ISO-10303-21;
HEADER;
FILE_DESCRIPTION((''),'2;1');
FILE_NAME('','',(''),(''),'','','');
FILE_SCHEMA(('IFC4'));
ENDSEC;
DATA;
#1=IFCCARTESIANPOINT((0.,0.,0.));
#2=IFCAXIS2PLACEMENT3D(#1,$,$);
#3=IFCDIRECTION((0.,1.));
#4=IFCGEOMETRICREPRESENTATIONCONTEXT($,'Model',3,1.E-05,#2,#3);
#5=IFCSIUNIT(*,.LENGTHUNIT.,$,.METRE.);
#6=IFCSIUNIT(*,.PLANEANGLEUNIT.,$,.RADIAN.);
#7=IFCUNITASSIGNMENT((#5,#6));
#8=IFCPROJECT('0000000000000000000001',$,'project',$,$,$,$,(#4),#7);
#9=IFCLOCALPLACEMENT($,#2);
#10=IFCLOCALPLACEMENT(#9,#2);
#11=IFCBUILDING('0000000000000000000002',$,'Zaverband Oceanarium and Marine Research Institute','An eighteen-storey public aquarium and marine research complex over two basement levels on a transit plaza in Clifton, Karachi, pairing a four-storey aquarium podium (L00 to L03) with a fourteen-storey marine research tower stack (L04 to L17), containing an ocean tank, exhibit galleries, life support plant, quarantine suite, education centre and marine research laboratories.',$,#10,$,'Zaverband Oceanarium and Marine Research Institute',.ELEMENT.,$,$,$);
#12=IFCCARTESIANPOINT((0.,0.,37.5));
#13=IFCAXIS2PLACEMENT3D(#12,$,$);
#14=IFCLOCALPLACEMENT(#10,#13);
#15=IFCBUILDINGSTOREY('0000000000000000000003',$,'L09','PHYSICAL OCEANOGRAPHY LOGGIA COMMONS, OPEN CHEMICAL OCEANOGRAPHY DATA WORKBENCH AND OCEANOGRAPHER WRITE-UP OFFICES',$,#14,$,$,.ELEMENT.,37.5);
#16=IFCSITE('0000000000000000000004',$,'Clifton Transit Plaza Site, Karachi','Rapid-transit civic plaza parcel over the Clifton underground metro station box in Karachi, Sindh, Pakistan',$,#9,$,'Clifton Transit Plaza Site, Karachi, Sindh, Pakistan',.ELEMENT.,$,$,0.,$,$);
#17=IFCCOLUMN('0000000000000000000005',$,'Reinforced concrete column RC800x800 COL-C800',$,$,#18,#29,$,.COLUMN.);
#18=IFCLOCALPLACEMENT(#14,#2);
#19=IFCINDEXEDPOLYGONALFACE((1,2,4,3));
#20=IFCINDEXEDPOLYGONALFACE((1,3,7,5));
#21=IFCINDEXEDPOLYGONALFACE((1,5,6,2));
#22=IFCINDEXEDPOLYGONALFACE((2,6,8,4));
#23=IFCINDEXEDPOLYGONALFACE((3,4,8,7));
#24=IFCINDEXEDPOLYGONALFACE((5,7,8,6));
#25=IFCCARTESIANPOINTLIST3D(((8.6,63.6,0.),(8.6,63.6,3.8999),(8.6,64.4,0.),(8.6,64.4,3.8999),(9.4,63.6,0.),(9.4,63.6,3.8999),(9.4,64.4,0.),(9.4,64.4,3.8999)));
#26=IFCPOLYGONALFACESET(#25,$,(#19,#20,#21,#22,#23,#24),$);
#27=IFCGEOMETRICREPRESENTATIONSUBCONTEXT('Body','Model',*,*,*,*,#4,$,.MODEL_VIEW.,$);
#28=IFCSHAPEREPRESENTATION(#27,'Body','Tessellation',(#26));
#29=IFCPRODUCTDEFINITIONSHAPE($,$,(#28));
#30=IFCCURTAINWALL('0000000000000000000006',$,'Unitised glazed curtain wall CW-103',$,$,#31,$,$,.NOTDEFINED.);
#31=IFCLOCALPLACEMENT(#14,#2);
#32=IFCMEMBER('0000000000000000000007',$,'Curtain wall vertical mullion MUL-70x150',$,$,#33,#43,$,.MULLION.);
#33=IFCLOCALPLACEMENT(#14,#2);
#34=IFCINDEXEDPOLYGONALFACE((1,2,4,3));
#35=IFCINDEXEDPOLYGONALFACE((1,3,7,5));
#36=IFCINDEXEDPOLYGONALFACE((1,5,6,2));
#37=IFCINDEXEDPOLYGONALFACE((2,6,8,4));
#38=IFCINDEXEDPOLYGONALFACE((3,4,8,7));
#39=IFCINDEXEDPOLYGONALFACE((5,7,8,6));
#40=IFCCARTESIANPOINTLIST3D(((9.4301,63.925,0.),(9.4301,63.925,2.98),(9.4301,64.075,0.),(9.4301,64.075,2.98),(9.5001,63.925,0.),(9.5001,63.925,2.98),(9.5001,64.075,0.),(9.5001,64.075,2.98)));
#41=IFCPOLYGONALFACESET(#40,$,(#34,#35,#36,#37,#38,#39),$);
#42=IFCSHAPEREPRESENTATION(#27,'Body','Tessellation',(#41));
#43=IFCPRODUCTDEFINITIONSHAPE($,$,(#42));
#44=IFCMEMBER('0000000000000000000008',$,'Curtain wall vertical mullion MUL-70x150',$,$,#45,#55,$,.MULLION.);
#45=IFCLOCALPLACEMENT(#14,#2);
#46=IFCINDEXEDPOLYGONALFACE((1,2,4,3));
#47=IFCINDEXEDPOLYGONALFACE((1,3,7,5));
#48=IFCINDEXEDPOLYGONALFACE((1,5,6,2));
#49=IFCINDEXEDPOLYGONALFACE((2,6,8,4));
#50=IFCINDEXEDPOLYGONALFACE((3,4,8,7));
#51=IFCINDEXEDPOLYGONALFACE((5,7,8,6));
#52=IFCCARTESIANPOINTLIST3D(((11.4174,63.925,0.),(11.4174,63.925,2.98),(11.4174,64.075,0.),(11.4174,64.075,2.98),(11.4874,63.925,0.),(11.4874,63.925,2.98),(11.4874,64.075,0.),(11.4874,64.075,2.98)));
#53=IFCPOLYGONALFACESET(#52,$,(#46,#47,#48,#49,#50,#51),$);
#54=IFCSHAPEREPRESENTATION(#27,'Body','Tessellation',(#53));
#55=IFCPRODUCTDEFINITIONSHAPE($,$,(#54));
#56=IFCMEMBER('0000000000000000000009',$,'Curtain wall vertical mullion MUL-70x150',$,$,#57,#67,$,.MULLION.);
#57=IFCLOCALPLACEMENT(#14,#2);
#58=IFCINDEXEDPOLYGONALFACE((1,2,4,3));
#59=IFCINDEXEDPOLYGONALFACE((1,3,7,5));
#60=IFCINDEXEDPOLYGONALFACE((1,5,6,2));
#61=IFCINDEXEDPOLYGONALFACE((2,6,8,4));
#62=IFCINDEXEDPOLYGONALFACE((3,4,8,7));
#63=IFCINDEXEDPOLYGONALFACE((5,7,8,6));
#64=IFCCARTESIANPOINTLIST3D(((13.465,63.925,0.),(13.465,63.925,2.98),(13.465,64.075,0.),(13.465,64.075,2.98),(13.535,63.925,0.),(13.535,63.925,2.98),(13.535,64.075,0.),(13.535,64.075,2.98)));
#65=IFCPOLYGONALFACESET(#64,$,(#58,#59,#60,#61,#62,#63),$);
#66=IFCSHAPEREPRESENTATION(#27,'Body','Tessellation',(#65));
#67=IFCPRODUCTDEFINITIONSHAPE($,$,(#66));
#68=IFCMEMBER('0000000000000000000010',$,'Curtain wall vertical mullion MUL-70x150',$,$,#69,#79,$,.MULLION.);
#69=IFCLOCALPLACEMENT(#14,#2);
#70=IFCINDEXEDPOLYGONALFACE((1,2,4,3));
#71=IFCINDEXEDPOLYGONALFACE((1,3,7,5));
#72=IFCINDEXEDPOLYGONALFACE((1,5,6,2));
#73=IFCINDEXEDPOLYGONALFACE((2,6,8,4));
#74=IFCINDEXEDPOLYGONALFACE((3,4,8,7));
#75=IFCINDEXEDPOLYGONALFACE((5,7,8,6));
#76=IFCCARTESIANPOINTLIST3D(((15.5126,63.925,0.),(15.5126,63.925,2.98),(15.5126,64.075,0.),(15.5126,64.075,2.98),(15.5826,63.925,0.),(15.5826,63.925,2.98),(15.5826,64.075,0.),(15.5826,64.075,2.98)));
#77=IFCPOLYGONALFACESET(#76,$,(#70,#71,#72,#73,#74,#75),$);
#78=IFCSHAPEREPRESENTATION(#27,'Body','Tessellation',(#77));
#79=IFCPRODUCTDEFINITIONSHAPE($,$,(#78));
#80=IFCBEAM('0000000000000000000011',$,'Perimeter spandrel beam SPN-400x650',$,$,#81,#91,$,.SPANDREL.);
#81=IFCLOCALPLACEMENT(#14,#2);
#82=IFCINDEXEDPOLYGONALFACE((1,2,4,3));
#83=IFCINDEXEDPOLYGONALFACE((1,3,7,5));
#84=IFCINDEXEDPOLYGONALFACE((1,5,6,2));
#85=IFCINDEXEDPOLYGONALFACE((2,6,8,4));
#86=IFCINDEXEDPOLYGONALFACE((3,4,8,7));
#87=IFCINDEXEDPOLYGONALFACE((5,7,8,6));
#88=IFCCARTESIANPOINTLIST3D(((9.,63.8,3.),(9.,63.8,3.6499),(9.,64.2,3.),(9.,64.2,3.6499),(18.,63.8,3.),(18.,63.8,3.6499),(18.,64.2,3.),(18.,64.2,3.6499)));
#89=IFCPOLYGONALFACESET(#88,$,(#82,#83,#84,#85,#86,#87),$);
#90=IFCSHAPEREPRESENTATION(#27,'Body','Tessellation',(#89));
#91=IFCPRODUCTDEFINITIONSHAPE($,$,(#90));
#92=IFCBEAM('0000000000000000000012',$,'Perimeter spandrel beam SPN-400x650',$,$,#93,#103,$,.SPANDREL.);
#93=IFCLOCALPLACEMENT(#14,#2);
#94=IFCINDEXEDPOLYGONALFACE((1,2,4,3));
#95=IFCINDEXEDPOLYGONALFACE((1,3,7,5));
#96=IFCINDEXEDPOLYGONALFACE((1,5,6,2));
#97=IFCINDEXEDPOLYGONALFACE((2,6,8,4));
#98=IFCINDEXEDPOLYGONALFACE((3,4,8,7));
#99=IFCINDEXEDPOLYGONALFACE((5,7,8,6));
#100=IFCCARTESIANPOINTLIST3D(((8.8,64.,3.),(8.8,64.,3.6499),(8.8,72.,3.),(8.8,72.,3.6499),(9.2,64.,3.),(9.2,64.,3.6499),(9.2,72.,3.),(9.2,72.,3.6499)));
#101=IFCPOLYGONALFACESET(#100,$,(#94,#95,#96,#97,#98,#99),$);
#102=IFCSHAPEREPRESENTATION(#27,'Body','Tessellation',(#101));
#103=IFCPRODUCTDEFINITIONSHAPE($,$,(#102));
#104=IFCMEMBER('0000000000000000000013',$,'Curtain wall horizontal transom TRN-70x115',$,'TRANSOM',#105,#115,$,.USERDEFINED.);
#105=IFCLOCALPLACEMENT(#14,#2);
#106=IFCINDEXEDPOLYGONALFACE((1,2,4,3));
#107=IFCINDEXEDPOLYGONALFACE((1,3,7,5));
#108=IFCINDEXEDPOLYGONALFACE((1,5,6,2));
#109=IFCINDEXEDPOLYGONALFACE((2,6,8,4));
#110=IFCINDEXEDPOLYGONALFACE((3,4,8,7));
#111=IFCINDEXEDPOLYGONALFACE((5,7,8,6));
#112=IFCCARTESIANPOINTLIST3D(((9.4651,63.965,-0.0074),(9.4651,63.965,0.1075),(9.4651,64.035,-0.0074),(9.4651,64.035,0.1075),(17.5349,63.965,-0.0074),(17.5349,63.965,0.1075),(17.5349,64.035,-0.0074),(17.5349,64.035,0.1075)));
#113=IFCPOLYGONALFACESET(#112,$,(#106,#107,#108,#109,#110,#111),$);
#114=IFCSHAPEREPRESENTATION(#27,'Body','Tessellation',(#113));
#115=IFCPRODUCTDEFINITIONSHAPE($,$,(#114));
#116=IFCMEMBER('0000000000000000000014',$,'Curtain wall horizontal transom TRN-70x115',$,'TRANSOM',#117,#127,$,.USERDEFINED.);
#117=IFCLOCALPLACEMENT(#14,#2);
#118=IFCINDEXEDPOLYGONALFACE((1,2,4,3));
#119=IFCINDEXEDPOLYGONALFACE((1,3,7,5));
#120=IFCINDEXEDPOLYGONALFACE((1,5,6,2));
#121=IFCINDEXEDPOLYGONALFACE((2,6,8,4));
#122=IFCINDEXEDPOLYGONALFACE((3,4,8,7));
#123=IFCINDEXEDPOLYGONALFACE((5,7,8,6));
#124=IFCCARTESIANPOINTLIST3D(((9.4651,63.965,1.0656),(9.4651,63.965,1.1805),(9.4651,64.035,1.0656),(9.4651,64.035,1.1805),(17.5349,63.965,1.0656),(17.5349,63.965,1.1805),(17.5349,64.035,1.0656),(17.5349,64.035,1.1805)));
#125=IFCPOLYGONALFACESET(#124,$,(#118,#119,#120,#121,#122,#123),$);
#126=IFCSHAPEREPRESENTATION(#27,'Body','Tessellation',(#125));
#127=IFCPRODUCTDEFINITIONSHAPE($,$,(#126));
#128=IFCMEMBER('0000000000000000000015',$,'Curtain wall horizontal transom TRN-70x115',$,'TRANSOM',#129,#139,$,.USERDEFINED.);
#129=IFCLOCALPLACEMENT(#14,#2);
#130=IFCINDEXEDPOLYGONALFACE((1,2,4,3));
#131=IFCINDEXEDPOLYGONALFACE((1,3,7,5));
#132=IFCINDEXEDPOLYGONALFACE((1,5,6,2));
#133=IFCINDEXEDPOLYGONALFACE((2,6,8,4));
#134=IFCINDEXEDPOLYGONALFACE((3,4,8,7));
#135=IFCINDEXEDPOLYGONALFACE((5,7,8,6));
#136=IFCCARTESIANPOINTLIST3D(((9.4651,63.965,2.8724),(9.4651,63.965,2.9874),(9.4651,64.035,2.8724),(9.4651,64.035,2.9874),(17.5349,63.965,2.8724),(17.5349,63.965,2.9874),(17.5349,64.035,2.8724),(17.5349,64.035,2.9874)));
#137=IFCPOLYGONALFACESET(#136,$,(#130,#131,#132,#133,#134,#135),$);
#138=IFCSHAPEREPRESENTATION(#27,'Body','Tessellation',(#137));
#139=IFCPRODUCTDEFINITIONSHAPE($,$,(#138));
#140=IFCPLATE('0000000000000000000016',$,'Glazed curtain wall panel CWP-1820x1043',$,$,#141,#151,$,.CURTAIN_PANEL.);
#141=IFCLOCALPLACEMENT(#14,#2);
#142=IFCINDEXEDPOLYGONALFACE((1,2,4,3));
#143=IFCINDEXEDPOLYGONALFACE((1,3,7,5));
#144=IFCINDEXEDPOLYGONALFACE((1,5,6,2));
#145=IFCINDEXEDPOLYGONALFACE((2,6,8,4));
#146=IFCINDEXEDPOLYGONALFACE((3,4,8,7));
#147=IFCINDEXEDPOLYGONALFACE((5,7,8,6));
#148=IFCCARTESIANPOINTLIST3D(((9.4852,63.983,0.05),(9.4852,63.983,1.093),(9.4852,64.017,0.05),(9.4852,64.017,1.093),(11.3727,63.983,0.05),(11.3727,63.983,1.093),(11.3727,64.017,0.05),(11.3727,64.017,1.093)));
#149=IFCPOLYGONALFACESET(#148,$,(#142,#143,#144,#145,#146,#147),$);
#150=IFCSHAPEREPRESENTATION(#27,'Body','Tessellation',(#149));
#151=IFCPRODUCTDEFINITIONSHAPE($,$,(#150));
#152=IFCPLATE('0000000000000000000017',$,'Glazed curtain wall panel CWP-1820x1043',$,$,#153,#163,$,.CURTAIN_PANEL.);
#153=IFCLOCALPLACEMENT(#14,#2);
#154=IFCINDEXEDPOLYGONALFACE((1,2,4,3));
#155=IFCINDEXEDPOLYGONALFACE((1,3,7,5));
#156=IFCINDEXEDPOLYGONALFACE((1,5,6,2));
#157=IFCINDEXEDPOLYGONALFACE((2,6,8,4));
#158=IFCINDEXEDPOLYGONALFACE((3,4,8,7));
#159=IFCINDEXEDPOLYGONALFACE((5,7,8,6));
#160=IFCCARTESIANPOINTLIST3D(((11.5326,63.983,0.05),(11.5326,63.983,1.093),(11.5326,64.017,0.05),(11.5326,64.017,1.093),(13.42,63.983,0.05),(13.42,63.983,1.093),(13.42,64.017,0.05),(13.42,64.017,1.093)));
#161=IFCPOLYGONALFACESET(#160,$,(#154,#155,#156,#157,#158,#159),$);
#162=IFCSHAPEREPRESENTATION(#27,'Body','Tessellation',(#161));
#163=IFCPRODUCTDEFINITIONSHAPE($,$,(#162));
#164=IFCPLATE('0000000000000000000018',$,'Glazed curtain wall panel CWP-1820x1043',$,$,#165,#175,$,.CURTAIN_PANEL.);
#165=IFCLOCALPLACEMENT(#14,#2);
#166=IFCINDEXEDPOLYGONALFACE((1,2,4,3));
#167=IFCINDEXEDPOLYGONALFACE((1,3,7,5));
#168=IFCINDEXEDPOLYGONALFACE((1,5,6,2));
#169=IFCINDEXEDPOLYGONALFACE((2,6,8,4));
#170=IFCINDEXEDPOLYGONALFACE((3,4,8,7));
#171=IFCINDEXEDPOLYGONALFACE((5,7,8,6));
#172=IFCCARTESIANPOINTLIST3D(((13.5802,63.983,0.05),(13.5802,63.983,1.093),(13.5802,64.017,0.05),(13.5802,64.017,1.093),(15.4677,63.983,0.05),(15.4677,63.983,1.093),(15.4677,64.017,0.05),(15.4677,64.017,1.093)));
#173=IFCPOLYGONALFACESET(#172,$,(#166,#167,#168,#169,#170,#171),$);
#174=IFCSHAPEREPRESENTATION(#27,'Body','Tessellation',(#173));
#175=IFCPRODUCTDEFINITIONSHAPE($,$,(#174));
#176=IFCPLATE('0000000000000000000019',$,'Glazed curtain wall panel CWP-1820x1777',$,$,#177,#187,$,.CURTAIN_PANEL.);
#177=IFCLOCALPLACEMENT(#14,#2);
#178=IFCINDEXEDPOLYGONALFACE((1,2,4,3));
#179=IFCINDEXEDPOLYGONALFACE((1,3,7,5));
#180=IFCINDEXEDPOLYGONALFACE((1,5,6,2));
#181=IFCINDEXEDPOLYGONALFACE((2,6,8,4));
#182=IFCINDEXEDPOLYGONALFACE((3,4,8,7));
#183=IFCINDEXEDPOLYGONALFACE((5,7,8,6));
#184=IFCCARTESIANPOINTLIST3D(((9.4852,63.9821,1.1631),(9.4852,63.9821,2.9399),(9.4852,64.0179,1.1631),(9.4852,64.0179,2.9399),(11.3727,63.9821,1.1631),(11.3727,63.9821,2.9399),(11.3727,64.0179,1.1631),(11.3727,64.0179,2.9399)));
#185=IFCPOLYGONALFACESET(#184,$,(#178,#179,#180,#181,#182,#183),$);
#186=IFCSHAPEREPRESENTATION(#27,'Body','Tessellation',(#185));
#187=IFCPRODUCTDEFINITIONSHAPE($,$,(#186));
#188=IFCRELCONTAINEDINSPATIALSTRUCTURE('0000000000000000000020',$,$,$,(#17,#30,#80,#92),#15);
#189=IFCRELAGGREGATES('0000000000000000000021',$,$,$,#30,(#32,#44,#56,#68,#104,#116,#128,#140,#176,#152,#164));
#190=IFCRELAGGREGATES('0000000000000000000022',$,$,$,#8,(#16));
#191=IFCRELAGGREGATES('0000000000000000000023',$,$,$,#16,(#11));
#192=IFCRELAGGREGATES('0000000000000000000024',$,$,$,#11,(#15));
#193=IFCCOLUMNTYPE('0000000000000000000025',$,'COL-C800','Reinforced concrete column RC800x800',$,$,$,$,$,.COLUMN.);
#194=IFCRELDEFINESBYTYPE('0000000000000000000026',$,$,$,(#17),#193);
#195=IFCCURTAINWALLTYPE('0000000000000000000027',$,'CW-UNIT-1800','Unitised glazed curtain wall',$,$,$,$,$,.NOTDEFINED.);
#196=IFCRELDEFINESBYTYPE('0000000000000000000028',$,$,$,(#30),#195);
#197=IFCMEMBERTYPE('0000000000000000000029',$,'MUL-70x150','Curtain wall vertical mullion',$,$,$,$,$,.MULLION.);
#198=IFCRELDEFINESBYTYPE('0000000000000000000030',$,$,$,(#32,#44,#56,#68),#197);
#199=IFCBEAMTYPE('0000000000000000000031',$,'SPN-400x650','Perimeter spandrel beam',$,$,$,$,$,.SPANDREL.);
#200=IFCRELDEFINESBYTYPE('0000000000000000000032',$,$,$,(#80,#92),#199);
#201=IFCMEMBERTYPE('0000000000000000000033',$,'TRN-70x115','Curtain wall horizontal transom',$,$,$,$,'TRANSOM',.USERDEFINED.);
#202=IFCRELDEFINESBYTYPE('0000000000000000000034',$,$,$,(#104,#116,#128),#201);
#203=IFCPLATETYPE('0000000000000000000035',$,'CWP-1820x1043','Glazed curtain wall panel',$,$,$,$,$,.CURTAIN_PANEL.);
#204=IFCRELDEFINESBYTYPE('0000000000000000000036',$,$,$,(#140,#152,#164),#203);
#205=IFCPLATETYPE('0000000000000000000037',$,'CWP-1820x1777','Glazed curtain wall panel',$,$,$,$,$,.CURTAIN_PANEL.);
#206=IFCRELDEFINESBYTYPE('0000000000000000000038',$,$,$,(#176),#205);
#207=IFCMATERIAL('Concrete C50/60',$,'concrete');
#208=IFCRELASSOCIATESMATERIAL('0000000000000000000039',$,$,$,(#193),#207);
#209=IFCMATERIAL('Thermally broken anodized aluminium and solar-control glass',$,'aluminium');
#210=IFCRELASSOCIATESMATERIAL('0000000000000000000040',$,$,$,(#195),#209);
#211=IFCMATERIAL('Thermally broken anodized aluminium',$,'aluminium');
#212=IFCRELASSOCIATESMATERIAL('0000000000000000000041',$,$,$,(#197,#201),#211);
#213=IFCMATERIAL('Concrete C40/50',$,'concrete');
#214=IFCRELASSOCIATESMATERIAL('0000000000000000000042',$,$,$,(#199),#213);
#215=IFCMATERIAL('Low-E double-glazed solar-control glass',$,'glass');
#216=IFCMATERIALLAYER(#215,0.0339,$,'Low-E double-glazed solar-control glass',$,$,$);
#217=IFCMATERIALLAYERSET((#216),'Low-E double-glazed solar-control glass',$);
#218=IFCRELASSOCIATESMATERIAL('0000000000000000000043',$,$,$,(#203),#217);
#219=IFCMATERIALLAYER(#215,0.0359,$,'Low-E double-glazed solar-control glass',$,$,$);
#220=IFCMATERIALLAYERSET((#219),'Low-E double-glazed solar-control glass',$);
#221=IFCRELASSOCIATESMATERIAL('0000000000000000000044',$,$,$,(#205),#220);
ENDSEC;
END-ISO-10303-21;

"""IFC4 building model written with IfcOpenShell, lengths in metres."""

from ifc_helpers import new_model, si_unit, direction, frame, frame_2d, origin, origin_2d, place, context, subcontext, project, spatial, rectangle, extrude, material, layer, layer_set, material_profile, profile_set, type_object, element, aggregate, save


model = new_model("IFC4")

# Units and contexts
model_context = context("Model", 3, precision=1e-05, world=origin(), true_north=direction((0.0, 1.0)))
body_context = subcontext(model_context, "Body", "Model", "MODEL_VIEW")
ifc_project = project(units=[si_unit("LENGTHUNIT", "METRE"), si_unit("PLANEANGLEUNIT", "RADIAN")], contexts=[model_context])

# Site, building, storey
site_placement = place(None, origin())
site = spatial("IfcSite", under=ifc_project, at=site_placement, Name="Clifton Transit Plaza Site, Karachi", Description="Rapid-transit civic plaza parcel over the Clifton underground metro station box in Karachi, Sindh, Pakistan", LongName="Clifton Transit Plaza Site, Karachi, Sindh, Pakistan", CompositionType="ELEMENT", RefElevation=0.0)
building_placement = place(site_placement, origin())
building = spatial("IfcBuilding", under=site, at=building_placement, Name="Zaverband Oceanarium and Marine Research Institute", Description="An eighteen-storey public aquarium and marine research complex over two basement levels on a transit plaza in Clifton, Karachi, pairing a four-storey aquarium podium (L00 to L03) with a fourteen-storey marine research tower stack (L04 to L17), containing an ocean tank, exhibit galleries, life support plant, quarantine suite, education centre and marine research laboratories.", LongName="Zaverband Oceanarium and Marine Research Institute", CompositionType="ELEMENT")
storey_placement = place(building_placement, frame((0.0, 0.0, 37.5)))
storey = spatial("IfcBuildingStorey", under=building, at=storey_placement, Name="L09", Description="PHYSICAL OCEANOGRAPHY LOGGIA COMMONS, OPEN CHEMICAL OCEANOGRAPHY DATA WORKBENCH AND OCEANOGRAPHER WRITE-UP OFFICES", CompositionType="ELEMENT", Elevation=37.5)

# Column
ifc_material_1 = material(Name="Concrete C50/60", Category="concrete")
ifc_material_profile_1 = material_profile(ifc_material_1, rectangle(XDim=0.8, YDim=0.8, at=origin_2d()), Name="RC800x800")
ifc_profile_set_1 = profile_set([ifc_material_profile_1], Name="Concrete C50/60")
column_type = type_object("IfcColumnType", Name="COL-C800", Description="Reinforced concrete column RC800x800", PredefinedType="COLUMN", material=ifc_profile_set_1)
column_placement = place(storey_placement, frame((9.0, 64.0, 0.0), z_axis=(0.0, 0.0, 1.0), x_axis=(1.0, 0.0, 0.0)))
element("IfcColumn", 1, at=column_placement, inside=storey, type_object=column_type, Name="Reinforced concrete column RC800x800 COL-C800", PredefinedType="COLUMN", context=body_context, shape_type="SweptSolid", body=[
    extrude(rectangle(XDim=0.8, YDim=0.8, at=origin_2d()), origin(), (0.0, 0.0, 1.0), 3.8999),
])

# Curtain wall, members
ifc_material_2 = material(Name="Thermally broken anodized aluminium and solar-control glass", Category="aluminium")
curtain_wall_type = type_object("IfcCurtainWallType", Name="CW-UNIT-1800", Description="Unitised glazed curtain wall", PredefinedType="NOTDEFINED", material=ifc_material_2)
curtain_wall_placement = place(storey_placement, origin())
curtain_wall = element("IfcCurtainWall", 2, at=curtain_wall_placement, inside=storey, type_object=curtain_wall_type, Name="Unitised glazed curtain wall CW-103", PredefinedType="NOTDEFINED")
ifc_material_3 = material(Name="Thermally broken anodized aluminium", Category="aluminium")
ifc_material_profile_2 = material_profile(ifc_material_3, rectangle(XDim=0.0701, YDim=0.1499, at=origin_2d()), Name="AL-MUL-70x150")
ifc_profile_set_2 = profile_set([ifc_material_profile_2], Name="Thermally broken anodized aluminium")
member_type_1 = type_object("IfcMemberType", Name="MUL-70x150", Description="Curtain wall vertical mullion", PredefinedType="MULLION", material=ifc_profile_set_2)
member_1_placement = place(storey_placement, frame((9.4651, 64.0, 0.0), z_axis=(0.0, 0.0, 1.0), x_axis=(1.0, 0.0, 0.0)))
member_1 = element("IfcMember", 3, at=member_1_placement, type_object=member_type_1, Name="Curtain wall vertical mullion MUL-70x150", PredefinedType="MULLION", context=body_context, shape_type="SweptSolid", body=[
    extrude(rectangle(XDim=0.0701, YDim=0.1499, at=origin_2d()), origin(), (0.0, 0.0, 1.0), 2.98),
])
member_2_placement = place(storey_placement, frame((11.4524, 64.0, 0.0), z_axis=(0.0, 0.0, 1.0), x_axis=(1.0, 0.0, 0.0)))
member_2 = element("IfcMember", 4, at=member_2_placement, type_object=member_type_1, Name="Curtain wall vertical mullion MUL-70x150", PredefinedType="MULLION", context=body_context, shape_type="SweptSolid", body=[
    extrude(rectangle(XDim=0.0701, YDim=0.1499, at=origin_2d()), origin(), (0.0, 0.0, 1.0), 2.98),
])
member_3_placement = place(storey_placement, frame((13.5, 64.0, 0.0), z_axis=(0.0, 0.0, 1.0), x_axis=(1.0, 0.0, 0.0)))
member_3 = element("IfcMember", 5, at=member_3_placement, type_object=member_type_1, Name="Curtain wall vertical mullion MUL-70x150", PredefinedType="MULLION", context=body_context, shape_type="SweptSolid", body=[
    extrude(rectangle(XDim=0.0701, YDim=0.1499, at=origin_2d()), origin(), (0.0, 0.0, 1.0), 2.98),
])
member_4_placement = place(storey_placement, frame((15.5476, 64.0, 0.0), z_axis=(0.0, 0.0, 1.0), x_axis=(1.0, 0.0, 0.0)))
member_4 = element("IfcMember", 6, at=member_4_placement, type_object=member_type_1, Name="Curtain wall vertical mullion MUL-70x150", PredefinedType="MULLION", context=body_context, shape_type="SweptSolid", body=[
    extrude(rectangle(XDim=0.0701, YDim=0.1499, at=origin_2d()), origin(), (0.0, 0.0, 1.0), 2.98),
])

# Beams
ifc_material_4 = material(Name="Concrete C40/50", Category="concrete")
ifc_material_profile_3 = material_profile(ifc_material_4, rectangle(XDim=0.3999, YDim=0.6499, at=origin_2d()), Name="RC400x650")
ifc_profile_set_3 = profile_set([ifc_material_profile_3], Name="Concrete C40/50")
beam_type = type_object("IfcBeamType", Name="SPN-400x650", Description="Perimeter spandrel beam", PredefinedType="SPANDREL", material=ifc_profile_set_3)
beam_1_placement = place(storey_placement, frame((9.0, 64.0, 3.325), z_axis=(1.0, 0.0, 0.0), x_axis=(0.0, 1.0, 0.0)))
element("IfcBeam", 7, at=beam_1_placement, inside=storey, type_object=beam_type, Name="Perimeter spandrel beam SPN-400x650", PredefinedType="SPANDREL", context=body_context, shape_type="SweptSolid", body=[
    extrude(rectangle(XDim=0.3999, YDim=0.6499, at=origin_2d()), origin(), (0.0, 0.0, 1.0), 9.0),
])
beam_2_placement = place(storey_placement, frame((9.0, 64.0, 3.325), z_axis=(0.0, 1.0, 0.0), x_axis=(-1.0, 0.0, 0.0)))
element("IfcBeam", 8, at=beam_2_placement, inside=storey, type_object=beam_type, Name="Perimeter spandrel beam SPN-400x650", PredefinedType="SPANDREL", context=body_context, shape_type="SweptSolid", body=[
    extrude(rectangle(XDim=0.3999, YDim=0.6499, at=origin_2d()), origin(), (0.0, 0.0, 1.0), 8.0),
])

# Members
ifc_material_profile_4 = material_profile(ifc_material_3, rectangle(XDim=0.0701, YDim=0.115, at=origin_2d()), Name="AL-TRN-70x115")
ifc_profile_set_4 = profile_set([ifc_material_profile_4], Name="Thermally broken anodized aluminium")
member_type_2 = type_object("IfcMemberType", Name="TRN-70x115", Description="Curtain wall horizontal transom", ElementType="TRANSOM", PredefinedType="USERDEFINED", material=ifc_profile_set_4)
member_5_placement = place(storey_placement, frame((9.4651, 64.0, 0.05), z_axis=(1.0, 0.0, 0.0), x_axis=(0.0, 1.0, 0.0)))
member_5 = element("IfcMember", 9, at=member_5_placement, type_object=member_type_2, Name="Curtain wall horizontal transom TRN-70x115", ObjectType="TRANSOM", PredefinedType="USERDEFINED", context=body_context, shape_type="SweptSolid", body=[
    extrude(rectangle(XDim=0.0701, YDim=0.115, at=origin_2d()), origin(), (0.0, 0.0, 1.0), 8.0698),
])
member_6_placement = place(storey_placement, frame((9.4651, 64.0, 1.123), z_axis=(1.0, 0.0, 0.0), x_axis=(0.0, 1.0, 0.0)))
member_6 = element("IfcMember", 10, at=member_6_placement, type_object=member_type_2, Name="Curtain wall horizontal transom TRN-70x115", ObjectType="TRANSOM", PredefinedType="USERDEFINED", context=body_context, shape_type="SweptSolid", body=[
    extrude(rectangle(XDim=0.0701, YDim=0.115, at=origin_2d()), origin(), (0.0, 0.0, 1.0), 8.0698),
])
member_7_placement = place(storey_placement, frame((9.4651, 64.0, 2.9299), z_axis=(1.0, 0.0, 0.0), x_axis=(0.0, 1.0, 0.0)))
member_7 = element("IfcMember", 11, at=member_7_placement, type_object=member_type_2, Name="Curtain wall horizontal transom TRN-70x115", ObjectType="TRANSOM", PredefinedType="USERDEFINED", context=body_context, shape_type="SweptSolid", body=[
    extrude(rectangle(XDim=0.0701, YDim=0.115, at=origin_2d()), origin(), (0.0, 0.0, 1.0), 8.0698),
])

# Plates
ifc_material_5 = material(Name="Low-E double-glazed solar-control glass", Category="glass")
ifc_layer_1 = layer(ifc_material_5, 0.0339, Name="Low-E double-glazed solar-control glass")
ifc_layer_set_1 = layer_set([ifc_layer_1], Name="Low-E double-glazed solar-control glass")
plate_type_1 = type_object("IfcPlateType", Name="CWP-1820x1043", Description="Glazed curtain wall panel", PredefinedType="CURTAIN_PANEL", material=ifc_layer_set_1)
plate_1_placement = place(storey_placement, frame((9.4851, 64.0, 0.05), z_axis=(0.0, 0.0, 1.0), x_axis=(1.0, 0.0, 0.0)))
plate_1 = element("IfcPlate", 12, at=plate_1_placement, type_object=plate_type_1, Name="Glazed curtain wall panel CWP-1820x1043", PredefinedType="CURTAIN_PANEL", context=body_context, shape_type="SweptSolid", body=[
    extrude(rectangle(XDim=1.8875, YDim=0.0339, at=frame_2d((0.9438, 0.0))), origin(), (0.0, 0.0, 1.0), 1.043),
])
plate_2_placement = place(storey_placement, frame((11.5325, 64.0, 0.05), z_axis=(0.0, 0.0, 1.0), x_axis=(1.0, 0.0, 0.0)))
plate_2 = element("IfcPlate", 13, at=plate_2_placement, type_object=plate_type_1, Name="Glazed curtain wall panel CWP-1820x1043", PredefinedType="CURTAIN_PANEL", context=body_context, shape_type="SweptSolid", body=[
    extrude(rectangle(XDim=1.8875, YDim=0.0339, at=frame_2d((0.9438, 0.0))), origin(), (0.0, 0.0, 1.0), 1.043),
])
plate_3_placement = place(storey_placement, frame((13.5801, 64.0, 0.05), z_axis=(0.0, 0.0, 1.0), x_axis=(1.0, 0.0, 0.0)))
plate_3 = element("IfcPlate", 14, at=plate_3_placement, type_object=plate_type_1, Name="Glazed curtain wall panel CWP-1820x1043", PredefinedType="CURTAIN_PANEL", context=body_context, shape_type="SweptSolid", body=[
    extrude(rectangle(XDim=1.8875, YDim=0.0339, at=frame_2d((0.9438, 0.0))), origin(), (0.0, 0.0, 1.0), 1.043),
])
ifc_layer_2 = layer(ifc_material_5, 0.0359, Name="Low-E double-glazed solar-control glass")
ifc_layer_set_2 = layer_set([ifc_layer_2], Name="Low-E double-glazed solar-control glass")
plate_type_2 = type_object("IfcPlateType", Name="CWP-1820x1777", Description="Glazed curtain wall panel", PredefinedType="CURTAIN_PANEL", material=ifc_layer_set_2)
plate_4_placement = place(storey_placement, frame((9.4851, 64.0, 1.1631), z_axis=(0.0, 0.0, 1.0), x_axis=(1.0, 0.0, 0.0)))
plate_4 = element("IfcPlate", 15, at=plate_4_placement, type_object=plate_type_2, Name="Glazed curtain wall panel CWP-1820x1777", PredefinedType="CURTAIN_PANEL", context=body_context, shape_type="SweptSolid", body=[
    extrude(rectangle(XDim=1.8875, YDim=0.0359, at=frame_2d((0.9438, 0.0))), origin(), (0.0, 0.0, 1.0), 1.7769),
])
aggregate(curtain_wall, [member_1, member_2, member_3, member_4, member_5, member_6, member_7, plate_1, plate_4, plate_2, plate_3])

save(model, "model.ifc")
